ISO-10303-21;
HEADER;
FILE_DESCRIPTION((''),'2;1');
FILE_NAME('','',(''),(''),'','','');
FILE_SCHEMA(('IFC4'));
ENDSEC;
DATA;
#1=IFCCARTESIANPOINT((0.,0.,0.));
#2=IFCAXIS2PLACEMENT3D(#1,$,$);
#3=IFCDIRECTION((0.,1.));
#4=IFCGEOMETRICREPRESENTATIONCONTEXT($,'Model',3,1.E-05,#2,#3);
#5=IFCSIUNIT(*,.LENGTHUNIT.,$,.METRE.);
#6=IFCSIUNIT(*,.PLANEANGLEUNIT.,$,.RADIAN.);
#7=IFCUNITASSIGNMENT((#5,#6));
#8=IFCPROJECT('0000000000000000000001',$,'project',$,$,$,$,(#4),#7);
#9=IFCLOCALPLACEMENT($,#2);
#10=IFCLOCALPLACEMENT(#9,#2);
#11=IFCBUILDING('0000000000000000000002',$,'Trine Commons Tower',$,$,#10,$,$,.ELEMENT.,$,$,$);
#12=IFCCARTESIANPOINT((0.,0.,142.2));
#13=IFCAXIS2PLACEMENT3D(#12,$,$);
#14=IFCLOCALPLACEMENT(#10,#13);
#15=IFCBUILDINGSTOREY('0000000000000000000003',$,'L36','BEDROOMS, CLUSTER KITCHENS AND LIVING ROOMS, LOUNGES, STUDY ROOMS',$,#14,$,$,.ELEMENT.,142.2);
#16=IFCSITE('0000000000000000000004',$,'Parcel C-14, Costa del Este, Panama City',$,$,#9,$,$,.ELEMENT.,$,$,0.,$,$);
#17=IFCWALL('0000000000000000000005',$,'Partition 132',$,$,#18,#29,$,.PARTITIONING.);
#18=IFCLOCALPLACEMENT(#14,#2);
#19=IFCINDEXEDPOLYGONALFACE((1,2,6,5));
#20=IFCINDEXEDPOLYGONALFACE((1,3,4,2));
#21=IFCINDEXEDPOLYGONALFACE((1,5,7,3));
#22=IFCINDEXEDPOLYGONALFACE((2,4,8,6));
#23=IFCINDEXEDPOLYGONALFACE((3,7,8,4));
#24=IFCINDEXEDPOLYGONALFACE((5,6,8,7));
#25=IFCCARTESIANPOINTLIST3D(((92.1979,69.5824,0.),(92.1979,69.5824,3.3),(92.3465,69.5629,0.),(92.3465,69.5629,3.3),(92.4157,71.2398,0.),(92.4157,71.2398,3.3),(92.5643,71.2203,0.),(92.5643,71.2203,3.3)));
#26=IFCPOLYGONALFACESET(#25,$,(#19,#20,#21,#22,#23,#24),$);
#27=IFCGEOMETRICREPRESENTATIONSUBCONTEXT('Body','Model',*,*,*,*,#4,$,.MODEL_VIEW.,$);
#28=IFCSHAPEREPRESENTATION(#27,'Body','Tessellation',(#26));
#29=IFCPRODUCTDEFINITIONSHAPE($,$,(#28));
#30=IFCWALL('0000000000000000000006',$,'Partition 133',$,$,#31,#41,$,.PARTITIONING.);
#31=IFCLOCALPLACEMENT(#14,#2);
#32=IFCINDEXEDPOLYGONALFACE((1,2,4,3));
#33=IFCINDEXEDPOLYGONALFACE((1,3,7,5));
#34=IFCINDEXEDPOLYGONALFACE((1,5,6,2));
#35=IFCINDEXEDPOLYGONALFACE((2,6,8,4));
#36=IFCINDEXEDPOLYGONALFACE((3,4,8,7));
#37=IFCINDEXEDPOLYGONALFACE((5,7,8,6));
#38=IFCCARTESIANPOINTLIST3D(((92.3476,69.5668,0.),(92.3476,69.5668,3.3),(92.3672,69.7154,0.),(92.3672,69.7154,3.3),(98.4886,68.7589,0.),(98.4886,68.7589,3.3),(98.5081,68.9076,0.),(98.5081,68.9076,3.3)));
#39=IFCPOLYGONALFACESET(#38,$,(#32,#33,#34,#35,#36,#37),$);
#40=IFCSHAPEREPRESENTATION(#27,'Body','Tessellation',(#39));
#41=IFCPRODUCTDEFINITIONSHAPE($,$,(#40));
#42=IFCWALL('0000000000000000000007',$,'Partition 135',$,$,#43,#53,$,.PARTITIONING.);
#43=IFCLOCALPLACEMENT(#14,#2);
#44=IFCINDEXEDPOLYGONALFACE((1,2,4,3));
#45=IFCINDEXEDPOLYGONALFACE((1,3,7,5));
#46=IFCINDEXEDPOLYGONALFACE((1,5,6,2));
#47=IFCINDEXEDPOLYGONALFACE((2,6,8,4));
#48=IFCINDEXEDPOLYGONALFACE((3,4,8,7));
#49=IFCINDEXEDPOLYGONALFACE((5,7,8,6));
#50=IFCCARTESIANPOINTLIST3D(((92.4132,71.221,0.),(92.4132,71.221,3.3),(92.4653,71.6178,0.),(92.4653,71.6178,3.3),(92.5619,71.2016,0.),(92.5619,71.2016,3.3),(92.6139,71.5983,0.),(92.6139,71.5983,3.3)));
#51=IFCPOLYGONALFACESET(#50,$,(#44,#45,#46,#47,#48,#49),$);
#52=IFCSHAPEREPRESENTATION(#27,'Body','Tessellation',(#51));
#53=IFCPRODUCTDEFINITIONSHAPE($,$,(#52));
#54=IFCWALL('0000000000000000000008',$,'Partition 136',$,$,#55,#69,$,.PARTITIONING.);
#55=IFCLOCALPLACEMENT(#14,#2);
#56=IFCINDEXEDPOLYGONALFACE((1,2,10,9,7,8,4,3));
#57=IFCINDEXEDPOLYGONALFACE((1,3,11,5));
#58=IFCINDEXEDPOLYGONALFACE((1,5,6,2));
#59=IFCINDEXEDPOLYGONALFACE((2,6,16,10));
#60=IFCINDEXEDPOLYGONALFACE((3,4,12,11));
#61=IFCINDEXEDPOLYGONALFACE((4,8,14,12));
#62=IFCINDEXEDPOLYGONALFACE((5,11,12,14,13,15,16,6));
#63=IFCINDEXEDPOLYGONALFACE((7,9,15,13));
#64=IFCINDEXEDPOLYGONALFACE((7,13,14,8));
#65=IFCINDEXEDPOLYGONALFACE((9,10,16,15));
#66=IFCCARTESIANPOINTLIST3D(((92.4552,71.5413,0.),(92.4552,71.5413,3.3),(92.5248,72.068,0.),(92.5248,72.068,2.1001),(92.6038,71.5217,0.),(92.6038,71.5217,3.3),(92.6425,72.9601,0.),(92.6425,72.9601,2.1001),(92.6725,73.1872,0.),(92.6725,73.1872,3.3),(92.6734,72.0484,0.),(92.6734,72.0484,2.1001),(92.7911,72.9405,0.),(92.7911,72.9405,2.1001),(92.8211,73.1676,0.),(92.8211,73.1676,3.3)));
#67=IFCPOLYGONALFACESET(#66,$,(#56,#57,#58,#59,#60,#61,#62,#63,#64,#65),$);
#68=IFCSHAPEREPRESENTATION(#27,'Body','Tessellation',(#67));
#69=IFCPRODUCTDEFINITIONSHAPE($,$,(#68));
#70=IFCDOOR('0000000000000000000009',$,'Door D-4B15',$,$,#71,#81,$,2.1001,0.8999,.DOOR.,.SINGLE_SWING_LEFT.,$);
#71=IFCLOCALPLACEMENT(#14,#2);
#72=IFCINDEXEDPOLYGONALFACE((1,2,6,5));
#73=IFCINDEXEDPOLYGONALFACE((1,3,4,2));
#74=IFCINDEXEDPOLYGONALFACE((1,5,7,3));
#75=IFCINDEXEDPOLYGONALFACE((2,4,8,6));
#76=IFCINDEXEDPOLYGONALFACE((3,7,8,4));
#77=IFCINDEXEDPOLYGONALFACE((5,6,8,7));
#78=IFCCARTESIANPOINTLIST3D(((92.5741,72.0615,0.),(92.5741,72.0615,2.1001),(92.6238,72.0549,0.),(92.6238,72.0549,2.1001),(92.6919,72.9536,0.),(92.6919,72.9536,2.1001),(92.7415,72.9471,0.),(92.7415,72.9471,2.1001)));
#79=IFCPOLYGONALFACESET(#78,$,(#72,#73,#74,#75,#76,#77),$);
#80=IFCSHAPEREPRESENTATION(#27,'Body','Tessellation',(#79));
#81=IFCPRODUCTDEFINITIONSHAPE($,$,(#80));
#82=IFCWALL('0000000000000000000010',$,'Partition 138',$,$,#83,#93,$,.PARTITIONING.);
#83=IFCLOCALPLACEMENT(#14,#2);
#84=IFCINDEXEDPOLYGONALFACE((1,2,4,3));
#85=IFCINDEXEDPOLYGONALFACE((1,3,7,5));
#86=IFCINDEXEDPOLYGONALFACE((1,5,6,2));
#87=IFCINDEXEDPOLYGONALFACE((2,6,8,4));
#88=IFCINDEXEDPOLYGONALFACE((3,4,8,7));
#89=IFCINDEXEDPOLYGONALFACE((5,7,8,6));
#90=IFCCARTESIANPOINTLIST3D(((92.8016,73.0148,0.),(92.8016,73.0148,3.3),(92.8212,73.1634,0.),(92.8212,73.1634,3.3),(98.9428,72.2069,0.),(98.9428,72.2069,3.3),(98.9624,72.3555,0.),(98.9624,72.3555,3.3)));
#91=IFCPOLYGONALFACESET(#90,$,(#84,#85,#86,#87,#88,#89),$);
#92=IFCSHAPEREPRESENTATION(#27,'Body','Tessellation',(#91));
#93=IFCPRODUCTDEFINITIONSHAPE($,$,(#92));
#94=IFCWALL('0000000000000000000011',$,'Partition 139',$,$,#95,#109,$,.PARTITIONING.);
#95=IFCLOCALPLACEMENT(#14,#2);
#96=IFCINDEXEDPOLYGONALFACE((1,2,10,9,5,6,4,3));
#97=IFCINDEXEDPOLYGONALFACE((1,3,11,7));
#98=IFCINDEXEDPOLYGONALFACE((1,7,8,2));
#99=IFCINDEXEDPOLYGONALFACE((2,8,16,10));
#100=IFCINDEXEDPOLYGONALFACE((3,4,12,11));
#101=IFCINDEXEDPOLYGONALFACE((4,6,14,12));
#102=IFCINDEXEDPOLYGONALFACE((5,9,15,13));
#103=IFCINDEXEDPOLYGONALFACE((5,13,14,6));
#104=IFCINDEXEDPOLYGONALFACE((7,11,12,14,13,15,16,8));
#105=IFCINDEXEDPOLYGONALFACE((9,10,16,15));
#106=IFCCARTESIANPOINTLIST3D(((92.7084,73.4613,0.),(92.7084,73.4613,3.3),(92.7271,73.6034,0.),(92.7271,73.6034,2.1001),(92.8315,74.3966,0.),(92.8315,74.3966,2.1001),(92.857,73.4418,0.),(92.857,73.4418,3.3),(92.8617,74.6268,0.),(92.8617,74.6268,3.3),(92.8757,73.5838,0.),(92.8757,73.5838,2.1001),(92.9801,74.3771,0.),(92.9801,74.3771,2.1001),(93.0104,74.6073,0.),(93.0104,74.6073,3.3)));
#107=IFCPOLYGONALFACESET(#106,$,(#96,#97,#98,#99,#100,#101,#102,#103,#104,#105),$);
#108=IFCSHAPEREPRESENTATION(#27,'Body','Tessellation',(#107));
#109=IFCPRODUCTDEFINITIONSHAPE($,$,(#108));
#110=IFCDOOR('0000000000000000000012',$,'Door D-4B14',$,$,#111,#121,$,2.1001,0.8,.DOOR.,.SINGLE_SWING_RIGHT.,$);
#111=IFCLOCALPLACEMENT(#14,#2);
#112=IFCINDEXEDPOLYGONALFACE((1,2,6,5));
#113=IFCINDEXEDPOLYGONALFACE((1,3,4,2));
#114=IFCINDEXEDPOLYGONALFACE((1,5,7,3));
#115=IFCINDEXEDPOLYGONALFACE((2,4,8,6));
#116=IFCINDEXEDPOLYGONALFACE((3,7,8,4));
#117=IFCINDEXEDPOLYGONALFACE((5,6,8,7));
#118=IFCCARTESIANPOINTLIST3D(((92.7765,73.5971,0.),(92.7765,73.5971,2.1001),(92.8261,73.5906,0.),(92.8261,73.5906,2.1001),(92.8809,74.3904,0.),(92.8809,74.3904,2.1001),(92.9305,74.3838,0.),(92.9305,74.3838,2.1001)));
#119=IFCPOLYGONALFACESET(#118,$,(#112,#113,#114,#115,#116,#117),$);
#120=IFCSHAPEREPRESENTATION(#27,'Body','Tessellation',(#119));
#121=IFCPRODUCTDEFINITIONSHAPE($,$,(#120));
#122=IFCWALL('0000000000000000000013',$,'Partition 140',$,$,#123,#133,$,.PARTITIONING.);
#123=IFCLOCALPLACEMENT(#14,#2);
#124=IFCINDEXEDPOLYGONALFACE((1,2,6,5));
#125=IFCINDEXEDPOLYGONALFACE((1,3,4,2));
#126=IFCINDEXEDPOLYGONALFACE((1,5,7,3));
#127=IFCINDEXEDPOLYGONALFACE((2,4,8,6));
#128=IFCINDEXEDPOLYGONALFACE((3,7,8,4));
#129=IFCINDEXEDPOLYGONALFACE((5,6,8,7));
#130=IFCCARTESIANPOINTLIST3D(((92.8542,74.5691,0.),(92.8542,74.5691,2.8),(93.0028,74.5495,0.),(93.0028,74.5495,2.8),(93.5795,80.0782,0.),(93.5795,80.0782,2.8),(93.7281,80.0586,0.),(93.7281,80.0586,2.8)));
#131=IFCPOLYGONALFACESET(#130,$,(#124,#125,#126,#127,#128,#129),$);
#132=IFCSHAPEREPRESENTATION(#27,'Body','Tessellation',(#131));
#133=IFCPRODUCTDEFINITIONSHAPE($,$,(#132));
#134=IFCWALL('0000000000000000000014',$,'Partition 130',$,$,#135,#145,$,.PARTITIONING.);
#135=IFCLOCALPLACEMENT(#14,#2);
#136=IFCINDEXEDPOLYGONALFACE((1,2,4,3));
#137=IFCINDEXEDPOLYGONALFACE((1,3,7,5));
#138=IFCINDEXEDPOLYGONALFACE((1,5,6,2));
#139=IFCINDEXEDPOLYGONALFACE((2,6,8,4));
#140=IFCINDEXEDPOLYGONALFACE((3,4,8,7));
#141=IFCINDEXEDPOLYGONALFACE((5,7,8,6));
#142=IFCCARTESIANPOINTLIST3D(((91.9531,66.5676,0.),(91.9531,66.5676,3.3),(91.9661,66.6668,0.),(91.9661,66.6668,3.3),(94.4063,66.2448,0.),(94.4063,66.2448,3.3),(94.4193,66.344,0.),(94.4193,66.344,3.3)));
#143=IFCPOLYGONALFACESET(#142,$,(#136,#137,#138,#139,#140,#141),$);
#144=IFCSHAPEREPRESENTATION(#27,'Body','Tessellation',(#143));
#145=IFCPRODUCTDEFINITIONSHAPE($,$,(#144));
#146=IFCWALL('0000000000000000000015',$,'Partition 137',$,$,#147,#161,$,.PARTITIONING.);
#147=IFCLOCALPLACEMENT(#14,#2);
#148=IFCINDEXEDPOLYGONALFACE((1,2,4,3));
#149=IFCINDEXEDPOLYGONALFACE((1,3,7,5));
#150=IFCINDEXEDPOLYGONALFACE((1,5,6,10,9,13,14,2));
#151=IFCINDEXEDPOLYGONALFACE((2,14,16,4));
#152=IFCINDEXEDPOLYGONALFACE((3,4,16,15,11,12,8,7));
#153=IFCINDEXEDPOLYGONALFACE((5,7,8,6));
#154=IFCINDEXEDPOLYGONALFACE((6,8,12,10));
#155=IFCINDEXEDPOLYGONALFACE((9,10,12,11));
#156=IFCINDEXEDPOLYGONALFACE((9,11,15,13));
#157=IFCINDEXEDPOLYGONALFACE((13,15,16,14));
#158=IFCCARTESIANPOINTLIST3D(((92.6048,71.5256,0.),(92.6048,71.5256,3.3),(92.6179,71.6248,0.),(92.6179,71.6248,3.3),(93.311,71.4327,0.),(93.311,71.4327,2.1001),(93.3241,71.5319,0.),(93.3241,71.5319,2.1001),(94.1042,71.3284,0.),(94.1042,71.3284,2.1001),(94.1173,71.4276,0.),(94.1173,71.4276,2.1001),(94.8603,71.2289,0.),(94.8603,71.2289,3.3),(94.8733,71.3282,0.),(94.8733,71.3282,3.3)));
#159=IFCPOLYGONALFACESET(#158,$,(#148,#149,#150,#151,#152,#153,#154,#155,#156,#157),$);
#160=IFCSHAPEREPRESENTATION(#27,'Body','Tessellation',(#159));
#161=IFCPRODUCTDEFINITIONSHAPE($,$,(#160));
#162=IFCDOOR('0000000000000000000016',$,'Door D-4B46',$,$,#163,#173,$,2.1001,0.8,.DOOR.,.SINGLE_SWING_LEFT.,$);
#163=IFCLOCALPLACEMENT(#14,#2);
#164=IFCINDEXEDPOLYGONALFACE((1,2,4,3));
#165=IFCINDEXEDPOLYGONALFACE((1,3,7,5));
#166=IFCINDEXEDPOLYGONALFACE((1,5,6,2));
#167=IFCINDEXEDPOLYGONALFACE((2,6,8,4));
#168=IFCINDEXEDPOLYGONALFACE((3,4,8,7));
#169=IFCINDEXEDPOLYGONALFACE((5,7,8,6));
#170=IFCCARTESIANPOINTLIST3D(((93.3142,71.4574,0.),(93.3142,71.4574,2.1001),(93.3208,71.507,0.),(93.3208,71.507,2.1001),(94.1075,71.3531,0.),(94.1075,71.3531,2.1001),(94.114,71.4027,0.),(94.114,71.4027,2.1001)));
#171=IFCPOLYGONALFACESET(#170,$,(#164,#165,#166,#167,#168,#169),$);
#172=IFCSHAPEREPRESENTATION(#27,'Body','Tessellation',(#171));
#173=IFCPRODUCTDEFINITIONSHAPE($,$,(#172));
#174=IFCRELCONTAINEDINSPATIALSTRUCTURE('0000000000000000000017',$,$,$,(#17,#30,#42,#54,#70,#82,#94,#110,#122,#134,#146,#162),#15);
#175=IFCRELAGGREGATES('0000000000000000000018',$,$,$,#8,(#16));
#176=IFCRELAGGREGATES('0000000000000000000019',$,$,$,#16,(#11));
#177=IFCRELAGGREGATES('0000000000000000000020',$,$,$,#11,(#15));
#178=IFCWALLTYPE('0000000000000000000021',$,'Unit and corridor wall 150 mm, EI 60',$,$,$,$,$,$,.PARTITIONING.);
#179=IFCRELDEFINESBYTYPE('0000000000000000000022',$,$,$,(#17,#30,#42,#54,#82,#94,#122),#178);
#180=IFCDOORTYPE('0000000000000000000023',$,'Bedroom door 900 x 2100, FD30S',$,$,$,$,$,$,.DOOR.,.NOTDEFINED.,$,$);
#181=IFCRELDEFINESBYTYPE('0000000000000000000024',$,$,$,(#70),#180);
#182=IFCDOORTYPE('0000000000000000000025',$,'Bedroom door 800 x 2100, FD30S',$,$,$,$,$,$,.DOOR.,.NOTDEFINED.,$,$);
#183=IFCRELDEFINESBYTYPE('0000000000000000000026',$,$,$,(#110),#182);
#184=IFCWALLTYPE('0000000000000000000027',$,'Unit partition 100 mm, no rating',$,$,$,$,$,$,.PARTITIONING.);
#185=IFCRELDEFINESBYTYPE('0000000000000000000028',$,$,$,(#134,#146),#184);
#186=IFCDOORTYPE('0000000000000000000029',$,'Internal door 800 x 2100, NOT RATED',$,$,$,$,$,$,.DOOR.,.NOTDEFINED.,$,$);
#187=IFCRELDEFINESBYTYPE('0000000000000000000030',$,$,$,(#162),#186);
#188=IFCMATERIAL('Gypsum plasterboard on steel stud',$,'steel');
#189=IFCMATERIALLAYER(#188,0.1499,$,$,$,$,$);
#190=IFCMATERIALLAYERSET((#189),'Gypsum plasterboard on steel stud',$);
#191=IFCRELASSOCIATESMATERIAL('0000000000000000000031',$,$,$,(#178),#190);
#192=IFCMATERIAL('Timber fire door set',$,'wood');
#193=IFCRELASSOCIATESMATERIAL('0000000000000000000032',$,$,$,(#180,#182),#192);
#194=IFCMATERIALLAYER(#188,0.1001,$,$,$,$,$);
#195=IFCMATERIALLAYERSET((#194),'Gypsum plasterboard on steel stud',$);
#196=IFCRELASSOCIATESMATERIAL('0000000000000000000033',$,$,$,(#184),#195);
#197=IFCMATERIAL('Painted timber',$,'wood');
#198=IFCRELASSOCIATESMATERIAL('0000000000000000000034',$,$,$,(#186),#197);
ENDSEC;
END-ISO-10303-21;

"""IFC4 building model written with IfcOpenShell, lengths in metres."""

from ifc_helpers import new_model, si_unit, direction, frame, frame_2d, origin, place, context, subcontext, project, spatial, rectangle, extrude, material, layer, layer_set, type_object, element, fill, save


model = new_model("IFC4")

# Units and contexts
model_context = context("Model", 3, precision=1e-05, world=origin(), true_north=direction((0.0, 1.0)))
body_context = subcontext(model_context, "Body", "Model", "MODEL_VIEW")
ifc_project = project(units=[si_unit("LENGTHUNIT", "METRE"), si_unit("PLANEANGLEUNIT", "RADIAN")], contexts=[model_context])

# Site, building, storey
site_placement = place(None, origin())
site = spatial("IfcSite", under=ifc_project, at=site_placement, Name="Parcel C-14, Costa del Este, Panama City", CompositionType="ELEMENT", RefElevation=0.0)
building_placement = place(site_placement, origin())
building = spatial("IfcBuilding", under=site, at=building_placement, Name="Trine Commons Tower", CompositionType="ELEMENT")
storey_placement = place(building_placement, frame((0.0, 0.0, 142.2)))
storey = spatial("IfcBuildingStorey", under=building, at=storey_placement, Name="L36", Description="BEDROOMS, CLUSTER KITCHENS AND LIVING ROOMS, LOUNGES, STUDY ROOMS", CompositionType="ELEMENT", Elevation=142.2)

# Shared definitions
ifc_material_1 = material(Name="Gypsum plasterboard on steel stud", Category="steel")
ifc_layer_1 = layer(ifc_material_1, 0.1499)
ifc_layer_set_1 = layer_set([ifc_layer_1], Name="Gypsum plasterboard on steel stud")
wall_type_1 = type_object("IfcWallType", Name="Unit and corridor wall 150 mm, EI 60", PredefinedType="PARTITIONING", material=ifc_layer_set_1)

# Shared definitions
ifc_material_2 = material(Name="Timber fire door set", Category="wood")

# Walls
wall_1_placement = place(storey_placement, frame((92.2722, 69.5725, 0.0), z_axis=(0.0, 0.0, 1.0), x_axis=(0.130269, 0.991479, 0.0)))
element("IfcWall", 1, at=wall_1_placement, inside=storey, type_object=wall_type_1, Name="Partition 132", PredefinedType="PARTITIONING", context=body_context, shape_type="SweptSolid", body=[
    extrude(rectangle(XDim=1.6716, YDim=0.1499, at=frame_2d((0.8359, 0.0))), origin(), (0.0, 0.0, 1.0), 3.3),
])
wall_2_placement = place(storey_placement, frame((92.3574, 69.6411, 0.0), z_axis=(0.0, 0.0, 1.0), x_axis=(0.991457, -0.130431, 0.0)))
element("IfcWall", 2, at=wall_2_placement, inside=storey, type_object=wall_type_1, Name="Partition 133", PredefinedType="PARTITIONING", context=body_context, shape_type="SweptSolid", body=[
    extrude(rectangle(XDim=6.1938, YDim=0.1499, at=frame_2d((3.0969, 0.0))), origin(), (0.0, 0.0, 1.0), 3.3),
])
wall_3_placement = place(storey_placement, frame((92.4875, 71.2112, 0.0), z_axis=(0.0, 0.0, 1.0), x_axis=(0.129965, 0.991519, 0.0)))
element("IfcWall", 3, at=wall_3_placement, inside=storey, type_object=wall_type_1, Name="Partition 135", PredefinedType="PARTITIONING", context=body_context, shape_type="SweptSolid", body=[
    extrude(rectangle(XDim=0.4001, YDim=0.1499, at=frame_2d((0.2002, 0.0))), origin(), (0.0, 0.0, 1.0), 3.3),
])

# Wall, opening, door
wall_4_placement = place(storey_placement, frame((92.5295, 71.5315, 0.0), z_axis=(0.0, 0.0, 1.0), x_axis=(0.130873, 0.991399, 0.0)))
wall_4 = element("IfcWall", 4, at=wall_4_placement, inside=storey, type_object=wall_type_1, Name="Partition 136", PredefinedType="PARTITIONING", context=body_context, shape_type="SweptSolid", body=[
    extrude(rectangle(XDim=1.6602, YDim=0.1499, at=frame_2d((0.8301, 0.0))), origin(), (0.0, 0.0, 1.0), 3.3),
])
opening_1_placement = place(wall_4_placement, frame((0.5312, 0.0, 0.0)))
opening_1 = element("IfcOpeningElement", 5, at=opening_1_placement, cuts=wall_4, PredefinedType="OPENING", context=body_context, shape_type="SweptSolid", body=[
    extrude(rectangle(XDim=0.8999, YDim=2.1001, at=frame_2d((0.45, 1.05))), frame((0.0, 0.085, 0.0), z_axis=(0.0, -1.0, 0.0), x_axis=(1.0, 0.0, 0.0)), (0.0, 0.0, 1.0), 0.1699),
])
door_type_1 = type_object("IfcDoorType", Name="Bedroom door 900 x 2100, FD30S", OperationType="NOTDEFINED", PredefinedType="DOOR", material=ifc_material_2)
door_1_placement = place(opening_1_placement, frame((0.8999, 0.0, 0.0), z_axis=(0.0, 0.0, 1.0), x_axis=(-1.0, 0.0, 0.0)))
door_1 = element("IfcDoor", 6, at=door_1_placement, inside=storey, type_object=door_type_1, Name="Door D-4B15", OperationType="SINGLE_SWING_LEFT", OverallHeight=2.1001, OverallWidth=0.8999, PredefinedType="DOOR", context=body_context, shape_type="SweptSolid", body=[
    extrude(rectangle(XDim=0.8999, YDim=2.1001, at=frame_2d((0.45, 1.05))), frame((0.0, 0.0249, 0.0), z_axis=(0.0, -1.0, 0.0), x_axis=(1.0, 0.0, 0.0)), (0.0, 0.0, 1.0), 0.05),
])
fill(opening_1, door_1)

# Wall
wall_5_placement = place(storey_placement, frame((92.8113, 73.0891, 0.0), z_axis=(0.0, 0.0, 1.0), x_axis=(0.991458, -0.130426, 0.0)))
element("IfcWall", 7, at=wall_5_placement, inside=storey, type_object=wall_type_1, Name="Partition 138", PredefinedType="PARTITIONING", context=body_context, shape_type="SweptSolid", body=[
    extrude(rectangle(XDim=6.1941, YDim=0.1499, at=frame_2d((3.0972, 0.0))), origin(), (0.0, 0.0, 1.0), 3.3),
])

# Wall, opening, door
wall_6_placement = place(storey_placement, frame((92.7827, 73.4514, 0.0), z_axis=(0.0, 0.0, 1.0), x_axis=(0.130422, 0.991459, 0.0)))
wall_6 = element("IfcWall", 8, at=wall_6_placement, inside=storey, type_object=wall_type_1, Name="Partition 139", PredefinedType="PARTITIONING", context=body_context, shape_type="SweptSolid", body=[
    extrude(rectangle(XDim=1.1755, YDim=0.1499, at=frame_2d((0.5879, 0.0))), origin(), (0.0, 0.0, 1.0), 3.3),
])
opening_2_placement = place(wall_6_placement, frame((0.1436, 0.0, 0.0)))
opening_2 = element("IfcOpeningElement", 9, at=opening_2_placement, cuts=wall_6, PredefinedType="OPENING", context=body_context, shape_type="SweptSolid", body=[
    extrude(rectangle(XDim=0.8, YDim=2.1001, at=frame_2d((0.3999, 1.05))), frame((0.0, 0.085, 0.0), z_axis=(0.0, -1.0, 0.0), x_axis=(1.0, 0.0, 0.0)), (0.0, 0.0, 1.0), 0.1699),
])
door_type_2 = type_object("IfcDoorType", Name="Bedroom door 800 x 2100, FD30S", OperationType="NOTDEFINED", PredefinedType="DOOR", material=ifc_material_2)
door_2_placement = place(opening_2_placement, frame((0.8, 0.0, 0.0), z_axis=(0.0, 0.0, 1.0), x_axis=(-1.0, 0.0, 0.0)))
door_2 = element("IfcDoor", 10, at=door_2_placement, inside=storey, type_object=door_type_2, Name="Door D-4B14", OperationType="SINGLE_SWING_RIGHT", OverallHeight=2.1001, OverallWidth=0.8, PredefinedType="DOOR", context=body_context, shape_type="SweptSolid", body=[
    extrude(rectangle(XDim=0.8, YDim=2.1001, at=frame_2d((0.3999, 1.05))), frame((0.0, 0.0249, 0.0), z_axis=(0.0, -1.0, 0.0), x_axis=(1.0, 0.0, 0.0)), (0.0, 0.0, 1.0), 0.05),
])
fill(opening_2, door_2)

# Walls
wall_7_placement = place(storey_placement, frame((92.9285, 74.5593, 0.0), z_axis=(0.0, 0.0, 1.0), x_axis=(0.130537, 0.991443, 0.0)))
element("IfcWall", 11, at=wall_7_placement, inside=storey, type_object=wall_type_1, Name="Partition 140", PredefinedType="PARTITIONING", context=body_context, shape_type="SweptSolid", body=[
    extrude(rectangle(XDim=5.5566, YDim=0.1499, at=frame_2d((2.7783, 0.0))), origin(), (0.0, 0.0, 1.0), 2.8),
])
ifc_layer_2 = layer(ifc_material_1, 0.1001)
ifc_layer_set_2 = layer_set([ifc_layer_2], Name="Gypsum plasterboard on steel stud")
wall_type_2 = type_object("IfcWallType", Name="Unit partition 100 mm, no rating", PredefinedType="PARTITIONING", material=ifc_layer_set_2)
wall_8_placement = place(storey_placement, frame((91.9595, 66.6172, 0.0), z_axis=(0.0, 0.0, 1.0), x_axis=(0.991456, -0.130444, 0.0)))
element("IfcWall", 12, at=wall_8_placement, inside=storey, type_object=wall_type_2, Name="Partition 130", PredefinedType="PARTITIONING", context=body_context, shape_type="SweptSolid", body=[
    extrude(rectangle(XDim=2.4744, YDim=0.1001, at=frame_2d((1.2373, 0.0))), origin(), (0.0, 0.0, 1.0), 3.3),
])

# Wall, opening, door
wall_9_placement = place(storey_placement, frame((92.6113, 71.5752, 0.0), z_axis=(0.0, 0.0, 1.0), x_axis=(0.991462, -0.130399, 0.0)))
wall_9 = element("IfcWall", 13, at=wall_9_placement, inside=storey, type_object=wall_type_2, Name="Partition 137", PredefinedType="PARTITIONING", context=body_context, shape_type="SweptSolid", body=[
    extrude(rectangle(XDim=2.2749, YDim=0.1001, at=frame_2d((1.1375, 0.0))), origin(), (0.0, 0.0, 1.0), 3.3),
])
opening_3_placement = place(wall_9_placement, frame((0.7124, 0.0, 0.0)))
opening_3 = element("IfcOpeningElement", 14, at=opening_3_placement, cuts=wall_9, PredefinedType="OPENING", context=body_context, shape_type="SweptSolid", body=[
    extrude(rectangle(XDim=0.8, YDim=2.1001, at=frame_2d((0.3999, 1.05))), frame((0.0, 0.0601, 0.0), z_axis=(0.0, -1.0, 0.0), x_axis=(1.0, 0.0, 0.0)), (0.0, 0.0, 1.0), 0.1201),
])
ifc_material_3 = material(Name="Painted timber", Category="wood")
door_type_3 = type_object("IfcDoorType", Name="Internal door 800 x 2100, NOT RATED", OperationType="NOTDEFINED", PredefinedType="DOOR", material=ifc_material_3)
door_3_placement = place(opening_3_placement, origin())
door_3 = element("IfcDoor", 15, at=door_3_placement, inside=storey, type_object=door_type_3, Name="Door D-4B46", OperationType="SINGLE_SWING_LEFT", OverallHeight=2.1001, OverallWidth=0.8, PredefinedType="DOOR", context=body_context, shape_type="SweptSolid", body=[
    extrude(rectangle(XDim=0.8, YDim=2.1001, at=frame_2d((0.3999, 1.05))), frame((0.0, 0.0249, 0.0), z_axis=(0.0, -1.0, 0.0), x_axis=(1.0, 0.0, 0.0)), (0.0, 0.0, 1.0), 0.05),
])
fill(opening_3, door_3)

save(model, "model.ifc")
